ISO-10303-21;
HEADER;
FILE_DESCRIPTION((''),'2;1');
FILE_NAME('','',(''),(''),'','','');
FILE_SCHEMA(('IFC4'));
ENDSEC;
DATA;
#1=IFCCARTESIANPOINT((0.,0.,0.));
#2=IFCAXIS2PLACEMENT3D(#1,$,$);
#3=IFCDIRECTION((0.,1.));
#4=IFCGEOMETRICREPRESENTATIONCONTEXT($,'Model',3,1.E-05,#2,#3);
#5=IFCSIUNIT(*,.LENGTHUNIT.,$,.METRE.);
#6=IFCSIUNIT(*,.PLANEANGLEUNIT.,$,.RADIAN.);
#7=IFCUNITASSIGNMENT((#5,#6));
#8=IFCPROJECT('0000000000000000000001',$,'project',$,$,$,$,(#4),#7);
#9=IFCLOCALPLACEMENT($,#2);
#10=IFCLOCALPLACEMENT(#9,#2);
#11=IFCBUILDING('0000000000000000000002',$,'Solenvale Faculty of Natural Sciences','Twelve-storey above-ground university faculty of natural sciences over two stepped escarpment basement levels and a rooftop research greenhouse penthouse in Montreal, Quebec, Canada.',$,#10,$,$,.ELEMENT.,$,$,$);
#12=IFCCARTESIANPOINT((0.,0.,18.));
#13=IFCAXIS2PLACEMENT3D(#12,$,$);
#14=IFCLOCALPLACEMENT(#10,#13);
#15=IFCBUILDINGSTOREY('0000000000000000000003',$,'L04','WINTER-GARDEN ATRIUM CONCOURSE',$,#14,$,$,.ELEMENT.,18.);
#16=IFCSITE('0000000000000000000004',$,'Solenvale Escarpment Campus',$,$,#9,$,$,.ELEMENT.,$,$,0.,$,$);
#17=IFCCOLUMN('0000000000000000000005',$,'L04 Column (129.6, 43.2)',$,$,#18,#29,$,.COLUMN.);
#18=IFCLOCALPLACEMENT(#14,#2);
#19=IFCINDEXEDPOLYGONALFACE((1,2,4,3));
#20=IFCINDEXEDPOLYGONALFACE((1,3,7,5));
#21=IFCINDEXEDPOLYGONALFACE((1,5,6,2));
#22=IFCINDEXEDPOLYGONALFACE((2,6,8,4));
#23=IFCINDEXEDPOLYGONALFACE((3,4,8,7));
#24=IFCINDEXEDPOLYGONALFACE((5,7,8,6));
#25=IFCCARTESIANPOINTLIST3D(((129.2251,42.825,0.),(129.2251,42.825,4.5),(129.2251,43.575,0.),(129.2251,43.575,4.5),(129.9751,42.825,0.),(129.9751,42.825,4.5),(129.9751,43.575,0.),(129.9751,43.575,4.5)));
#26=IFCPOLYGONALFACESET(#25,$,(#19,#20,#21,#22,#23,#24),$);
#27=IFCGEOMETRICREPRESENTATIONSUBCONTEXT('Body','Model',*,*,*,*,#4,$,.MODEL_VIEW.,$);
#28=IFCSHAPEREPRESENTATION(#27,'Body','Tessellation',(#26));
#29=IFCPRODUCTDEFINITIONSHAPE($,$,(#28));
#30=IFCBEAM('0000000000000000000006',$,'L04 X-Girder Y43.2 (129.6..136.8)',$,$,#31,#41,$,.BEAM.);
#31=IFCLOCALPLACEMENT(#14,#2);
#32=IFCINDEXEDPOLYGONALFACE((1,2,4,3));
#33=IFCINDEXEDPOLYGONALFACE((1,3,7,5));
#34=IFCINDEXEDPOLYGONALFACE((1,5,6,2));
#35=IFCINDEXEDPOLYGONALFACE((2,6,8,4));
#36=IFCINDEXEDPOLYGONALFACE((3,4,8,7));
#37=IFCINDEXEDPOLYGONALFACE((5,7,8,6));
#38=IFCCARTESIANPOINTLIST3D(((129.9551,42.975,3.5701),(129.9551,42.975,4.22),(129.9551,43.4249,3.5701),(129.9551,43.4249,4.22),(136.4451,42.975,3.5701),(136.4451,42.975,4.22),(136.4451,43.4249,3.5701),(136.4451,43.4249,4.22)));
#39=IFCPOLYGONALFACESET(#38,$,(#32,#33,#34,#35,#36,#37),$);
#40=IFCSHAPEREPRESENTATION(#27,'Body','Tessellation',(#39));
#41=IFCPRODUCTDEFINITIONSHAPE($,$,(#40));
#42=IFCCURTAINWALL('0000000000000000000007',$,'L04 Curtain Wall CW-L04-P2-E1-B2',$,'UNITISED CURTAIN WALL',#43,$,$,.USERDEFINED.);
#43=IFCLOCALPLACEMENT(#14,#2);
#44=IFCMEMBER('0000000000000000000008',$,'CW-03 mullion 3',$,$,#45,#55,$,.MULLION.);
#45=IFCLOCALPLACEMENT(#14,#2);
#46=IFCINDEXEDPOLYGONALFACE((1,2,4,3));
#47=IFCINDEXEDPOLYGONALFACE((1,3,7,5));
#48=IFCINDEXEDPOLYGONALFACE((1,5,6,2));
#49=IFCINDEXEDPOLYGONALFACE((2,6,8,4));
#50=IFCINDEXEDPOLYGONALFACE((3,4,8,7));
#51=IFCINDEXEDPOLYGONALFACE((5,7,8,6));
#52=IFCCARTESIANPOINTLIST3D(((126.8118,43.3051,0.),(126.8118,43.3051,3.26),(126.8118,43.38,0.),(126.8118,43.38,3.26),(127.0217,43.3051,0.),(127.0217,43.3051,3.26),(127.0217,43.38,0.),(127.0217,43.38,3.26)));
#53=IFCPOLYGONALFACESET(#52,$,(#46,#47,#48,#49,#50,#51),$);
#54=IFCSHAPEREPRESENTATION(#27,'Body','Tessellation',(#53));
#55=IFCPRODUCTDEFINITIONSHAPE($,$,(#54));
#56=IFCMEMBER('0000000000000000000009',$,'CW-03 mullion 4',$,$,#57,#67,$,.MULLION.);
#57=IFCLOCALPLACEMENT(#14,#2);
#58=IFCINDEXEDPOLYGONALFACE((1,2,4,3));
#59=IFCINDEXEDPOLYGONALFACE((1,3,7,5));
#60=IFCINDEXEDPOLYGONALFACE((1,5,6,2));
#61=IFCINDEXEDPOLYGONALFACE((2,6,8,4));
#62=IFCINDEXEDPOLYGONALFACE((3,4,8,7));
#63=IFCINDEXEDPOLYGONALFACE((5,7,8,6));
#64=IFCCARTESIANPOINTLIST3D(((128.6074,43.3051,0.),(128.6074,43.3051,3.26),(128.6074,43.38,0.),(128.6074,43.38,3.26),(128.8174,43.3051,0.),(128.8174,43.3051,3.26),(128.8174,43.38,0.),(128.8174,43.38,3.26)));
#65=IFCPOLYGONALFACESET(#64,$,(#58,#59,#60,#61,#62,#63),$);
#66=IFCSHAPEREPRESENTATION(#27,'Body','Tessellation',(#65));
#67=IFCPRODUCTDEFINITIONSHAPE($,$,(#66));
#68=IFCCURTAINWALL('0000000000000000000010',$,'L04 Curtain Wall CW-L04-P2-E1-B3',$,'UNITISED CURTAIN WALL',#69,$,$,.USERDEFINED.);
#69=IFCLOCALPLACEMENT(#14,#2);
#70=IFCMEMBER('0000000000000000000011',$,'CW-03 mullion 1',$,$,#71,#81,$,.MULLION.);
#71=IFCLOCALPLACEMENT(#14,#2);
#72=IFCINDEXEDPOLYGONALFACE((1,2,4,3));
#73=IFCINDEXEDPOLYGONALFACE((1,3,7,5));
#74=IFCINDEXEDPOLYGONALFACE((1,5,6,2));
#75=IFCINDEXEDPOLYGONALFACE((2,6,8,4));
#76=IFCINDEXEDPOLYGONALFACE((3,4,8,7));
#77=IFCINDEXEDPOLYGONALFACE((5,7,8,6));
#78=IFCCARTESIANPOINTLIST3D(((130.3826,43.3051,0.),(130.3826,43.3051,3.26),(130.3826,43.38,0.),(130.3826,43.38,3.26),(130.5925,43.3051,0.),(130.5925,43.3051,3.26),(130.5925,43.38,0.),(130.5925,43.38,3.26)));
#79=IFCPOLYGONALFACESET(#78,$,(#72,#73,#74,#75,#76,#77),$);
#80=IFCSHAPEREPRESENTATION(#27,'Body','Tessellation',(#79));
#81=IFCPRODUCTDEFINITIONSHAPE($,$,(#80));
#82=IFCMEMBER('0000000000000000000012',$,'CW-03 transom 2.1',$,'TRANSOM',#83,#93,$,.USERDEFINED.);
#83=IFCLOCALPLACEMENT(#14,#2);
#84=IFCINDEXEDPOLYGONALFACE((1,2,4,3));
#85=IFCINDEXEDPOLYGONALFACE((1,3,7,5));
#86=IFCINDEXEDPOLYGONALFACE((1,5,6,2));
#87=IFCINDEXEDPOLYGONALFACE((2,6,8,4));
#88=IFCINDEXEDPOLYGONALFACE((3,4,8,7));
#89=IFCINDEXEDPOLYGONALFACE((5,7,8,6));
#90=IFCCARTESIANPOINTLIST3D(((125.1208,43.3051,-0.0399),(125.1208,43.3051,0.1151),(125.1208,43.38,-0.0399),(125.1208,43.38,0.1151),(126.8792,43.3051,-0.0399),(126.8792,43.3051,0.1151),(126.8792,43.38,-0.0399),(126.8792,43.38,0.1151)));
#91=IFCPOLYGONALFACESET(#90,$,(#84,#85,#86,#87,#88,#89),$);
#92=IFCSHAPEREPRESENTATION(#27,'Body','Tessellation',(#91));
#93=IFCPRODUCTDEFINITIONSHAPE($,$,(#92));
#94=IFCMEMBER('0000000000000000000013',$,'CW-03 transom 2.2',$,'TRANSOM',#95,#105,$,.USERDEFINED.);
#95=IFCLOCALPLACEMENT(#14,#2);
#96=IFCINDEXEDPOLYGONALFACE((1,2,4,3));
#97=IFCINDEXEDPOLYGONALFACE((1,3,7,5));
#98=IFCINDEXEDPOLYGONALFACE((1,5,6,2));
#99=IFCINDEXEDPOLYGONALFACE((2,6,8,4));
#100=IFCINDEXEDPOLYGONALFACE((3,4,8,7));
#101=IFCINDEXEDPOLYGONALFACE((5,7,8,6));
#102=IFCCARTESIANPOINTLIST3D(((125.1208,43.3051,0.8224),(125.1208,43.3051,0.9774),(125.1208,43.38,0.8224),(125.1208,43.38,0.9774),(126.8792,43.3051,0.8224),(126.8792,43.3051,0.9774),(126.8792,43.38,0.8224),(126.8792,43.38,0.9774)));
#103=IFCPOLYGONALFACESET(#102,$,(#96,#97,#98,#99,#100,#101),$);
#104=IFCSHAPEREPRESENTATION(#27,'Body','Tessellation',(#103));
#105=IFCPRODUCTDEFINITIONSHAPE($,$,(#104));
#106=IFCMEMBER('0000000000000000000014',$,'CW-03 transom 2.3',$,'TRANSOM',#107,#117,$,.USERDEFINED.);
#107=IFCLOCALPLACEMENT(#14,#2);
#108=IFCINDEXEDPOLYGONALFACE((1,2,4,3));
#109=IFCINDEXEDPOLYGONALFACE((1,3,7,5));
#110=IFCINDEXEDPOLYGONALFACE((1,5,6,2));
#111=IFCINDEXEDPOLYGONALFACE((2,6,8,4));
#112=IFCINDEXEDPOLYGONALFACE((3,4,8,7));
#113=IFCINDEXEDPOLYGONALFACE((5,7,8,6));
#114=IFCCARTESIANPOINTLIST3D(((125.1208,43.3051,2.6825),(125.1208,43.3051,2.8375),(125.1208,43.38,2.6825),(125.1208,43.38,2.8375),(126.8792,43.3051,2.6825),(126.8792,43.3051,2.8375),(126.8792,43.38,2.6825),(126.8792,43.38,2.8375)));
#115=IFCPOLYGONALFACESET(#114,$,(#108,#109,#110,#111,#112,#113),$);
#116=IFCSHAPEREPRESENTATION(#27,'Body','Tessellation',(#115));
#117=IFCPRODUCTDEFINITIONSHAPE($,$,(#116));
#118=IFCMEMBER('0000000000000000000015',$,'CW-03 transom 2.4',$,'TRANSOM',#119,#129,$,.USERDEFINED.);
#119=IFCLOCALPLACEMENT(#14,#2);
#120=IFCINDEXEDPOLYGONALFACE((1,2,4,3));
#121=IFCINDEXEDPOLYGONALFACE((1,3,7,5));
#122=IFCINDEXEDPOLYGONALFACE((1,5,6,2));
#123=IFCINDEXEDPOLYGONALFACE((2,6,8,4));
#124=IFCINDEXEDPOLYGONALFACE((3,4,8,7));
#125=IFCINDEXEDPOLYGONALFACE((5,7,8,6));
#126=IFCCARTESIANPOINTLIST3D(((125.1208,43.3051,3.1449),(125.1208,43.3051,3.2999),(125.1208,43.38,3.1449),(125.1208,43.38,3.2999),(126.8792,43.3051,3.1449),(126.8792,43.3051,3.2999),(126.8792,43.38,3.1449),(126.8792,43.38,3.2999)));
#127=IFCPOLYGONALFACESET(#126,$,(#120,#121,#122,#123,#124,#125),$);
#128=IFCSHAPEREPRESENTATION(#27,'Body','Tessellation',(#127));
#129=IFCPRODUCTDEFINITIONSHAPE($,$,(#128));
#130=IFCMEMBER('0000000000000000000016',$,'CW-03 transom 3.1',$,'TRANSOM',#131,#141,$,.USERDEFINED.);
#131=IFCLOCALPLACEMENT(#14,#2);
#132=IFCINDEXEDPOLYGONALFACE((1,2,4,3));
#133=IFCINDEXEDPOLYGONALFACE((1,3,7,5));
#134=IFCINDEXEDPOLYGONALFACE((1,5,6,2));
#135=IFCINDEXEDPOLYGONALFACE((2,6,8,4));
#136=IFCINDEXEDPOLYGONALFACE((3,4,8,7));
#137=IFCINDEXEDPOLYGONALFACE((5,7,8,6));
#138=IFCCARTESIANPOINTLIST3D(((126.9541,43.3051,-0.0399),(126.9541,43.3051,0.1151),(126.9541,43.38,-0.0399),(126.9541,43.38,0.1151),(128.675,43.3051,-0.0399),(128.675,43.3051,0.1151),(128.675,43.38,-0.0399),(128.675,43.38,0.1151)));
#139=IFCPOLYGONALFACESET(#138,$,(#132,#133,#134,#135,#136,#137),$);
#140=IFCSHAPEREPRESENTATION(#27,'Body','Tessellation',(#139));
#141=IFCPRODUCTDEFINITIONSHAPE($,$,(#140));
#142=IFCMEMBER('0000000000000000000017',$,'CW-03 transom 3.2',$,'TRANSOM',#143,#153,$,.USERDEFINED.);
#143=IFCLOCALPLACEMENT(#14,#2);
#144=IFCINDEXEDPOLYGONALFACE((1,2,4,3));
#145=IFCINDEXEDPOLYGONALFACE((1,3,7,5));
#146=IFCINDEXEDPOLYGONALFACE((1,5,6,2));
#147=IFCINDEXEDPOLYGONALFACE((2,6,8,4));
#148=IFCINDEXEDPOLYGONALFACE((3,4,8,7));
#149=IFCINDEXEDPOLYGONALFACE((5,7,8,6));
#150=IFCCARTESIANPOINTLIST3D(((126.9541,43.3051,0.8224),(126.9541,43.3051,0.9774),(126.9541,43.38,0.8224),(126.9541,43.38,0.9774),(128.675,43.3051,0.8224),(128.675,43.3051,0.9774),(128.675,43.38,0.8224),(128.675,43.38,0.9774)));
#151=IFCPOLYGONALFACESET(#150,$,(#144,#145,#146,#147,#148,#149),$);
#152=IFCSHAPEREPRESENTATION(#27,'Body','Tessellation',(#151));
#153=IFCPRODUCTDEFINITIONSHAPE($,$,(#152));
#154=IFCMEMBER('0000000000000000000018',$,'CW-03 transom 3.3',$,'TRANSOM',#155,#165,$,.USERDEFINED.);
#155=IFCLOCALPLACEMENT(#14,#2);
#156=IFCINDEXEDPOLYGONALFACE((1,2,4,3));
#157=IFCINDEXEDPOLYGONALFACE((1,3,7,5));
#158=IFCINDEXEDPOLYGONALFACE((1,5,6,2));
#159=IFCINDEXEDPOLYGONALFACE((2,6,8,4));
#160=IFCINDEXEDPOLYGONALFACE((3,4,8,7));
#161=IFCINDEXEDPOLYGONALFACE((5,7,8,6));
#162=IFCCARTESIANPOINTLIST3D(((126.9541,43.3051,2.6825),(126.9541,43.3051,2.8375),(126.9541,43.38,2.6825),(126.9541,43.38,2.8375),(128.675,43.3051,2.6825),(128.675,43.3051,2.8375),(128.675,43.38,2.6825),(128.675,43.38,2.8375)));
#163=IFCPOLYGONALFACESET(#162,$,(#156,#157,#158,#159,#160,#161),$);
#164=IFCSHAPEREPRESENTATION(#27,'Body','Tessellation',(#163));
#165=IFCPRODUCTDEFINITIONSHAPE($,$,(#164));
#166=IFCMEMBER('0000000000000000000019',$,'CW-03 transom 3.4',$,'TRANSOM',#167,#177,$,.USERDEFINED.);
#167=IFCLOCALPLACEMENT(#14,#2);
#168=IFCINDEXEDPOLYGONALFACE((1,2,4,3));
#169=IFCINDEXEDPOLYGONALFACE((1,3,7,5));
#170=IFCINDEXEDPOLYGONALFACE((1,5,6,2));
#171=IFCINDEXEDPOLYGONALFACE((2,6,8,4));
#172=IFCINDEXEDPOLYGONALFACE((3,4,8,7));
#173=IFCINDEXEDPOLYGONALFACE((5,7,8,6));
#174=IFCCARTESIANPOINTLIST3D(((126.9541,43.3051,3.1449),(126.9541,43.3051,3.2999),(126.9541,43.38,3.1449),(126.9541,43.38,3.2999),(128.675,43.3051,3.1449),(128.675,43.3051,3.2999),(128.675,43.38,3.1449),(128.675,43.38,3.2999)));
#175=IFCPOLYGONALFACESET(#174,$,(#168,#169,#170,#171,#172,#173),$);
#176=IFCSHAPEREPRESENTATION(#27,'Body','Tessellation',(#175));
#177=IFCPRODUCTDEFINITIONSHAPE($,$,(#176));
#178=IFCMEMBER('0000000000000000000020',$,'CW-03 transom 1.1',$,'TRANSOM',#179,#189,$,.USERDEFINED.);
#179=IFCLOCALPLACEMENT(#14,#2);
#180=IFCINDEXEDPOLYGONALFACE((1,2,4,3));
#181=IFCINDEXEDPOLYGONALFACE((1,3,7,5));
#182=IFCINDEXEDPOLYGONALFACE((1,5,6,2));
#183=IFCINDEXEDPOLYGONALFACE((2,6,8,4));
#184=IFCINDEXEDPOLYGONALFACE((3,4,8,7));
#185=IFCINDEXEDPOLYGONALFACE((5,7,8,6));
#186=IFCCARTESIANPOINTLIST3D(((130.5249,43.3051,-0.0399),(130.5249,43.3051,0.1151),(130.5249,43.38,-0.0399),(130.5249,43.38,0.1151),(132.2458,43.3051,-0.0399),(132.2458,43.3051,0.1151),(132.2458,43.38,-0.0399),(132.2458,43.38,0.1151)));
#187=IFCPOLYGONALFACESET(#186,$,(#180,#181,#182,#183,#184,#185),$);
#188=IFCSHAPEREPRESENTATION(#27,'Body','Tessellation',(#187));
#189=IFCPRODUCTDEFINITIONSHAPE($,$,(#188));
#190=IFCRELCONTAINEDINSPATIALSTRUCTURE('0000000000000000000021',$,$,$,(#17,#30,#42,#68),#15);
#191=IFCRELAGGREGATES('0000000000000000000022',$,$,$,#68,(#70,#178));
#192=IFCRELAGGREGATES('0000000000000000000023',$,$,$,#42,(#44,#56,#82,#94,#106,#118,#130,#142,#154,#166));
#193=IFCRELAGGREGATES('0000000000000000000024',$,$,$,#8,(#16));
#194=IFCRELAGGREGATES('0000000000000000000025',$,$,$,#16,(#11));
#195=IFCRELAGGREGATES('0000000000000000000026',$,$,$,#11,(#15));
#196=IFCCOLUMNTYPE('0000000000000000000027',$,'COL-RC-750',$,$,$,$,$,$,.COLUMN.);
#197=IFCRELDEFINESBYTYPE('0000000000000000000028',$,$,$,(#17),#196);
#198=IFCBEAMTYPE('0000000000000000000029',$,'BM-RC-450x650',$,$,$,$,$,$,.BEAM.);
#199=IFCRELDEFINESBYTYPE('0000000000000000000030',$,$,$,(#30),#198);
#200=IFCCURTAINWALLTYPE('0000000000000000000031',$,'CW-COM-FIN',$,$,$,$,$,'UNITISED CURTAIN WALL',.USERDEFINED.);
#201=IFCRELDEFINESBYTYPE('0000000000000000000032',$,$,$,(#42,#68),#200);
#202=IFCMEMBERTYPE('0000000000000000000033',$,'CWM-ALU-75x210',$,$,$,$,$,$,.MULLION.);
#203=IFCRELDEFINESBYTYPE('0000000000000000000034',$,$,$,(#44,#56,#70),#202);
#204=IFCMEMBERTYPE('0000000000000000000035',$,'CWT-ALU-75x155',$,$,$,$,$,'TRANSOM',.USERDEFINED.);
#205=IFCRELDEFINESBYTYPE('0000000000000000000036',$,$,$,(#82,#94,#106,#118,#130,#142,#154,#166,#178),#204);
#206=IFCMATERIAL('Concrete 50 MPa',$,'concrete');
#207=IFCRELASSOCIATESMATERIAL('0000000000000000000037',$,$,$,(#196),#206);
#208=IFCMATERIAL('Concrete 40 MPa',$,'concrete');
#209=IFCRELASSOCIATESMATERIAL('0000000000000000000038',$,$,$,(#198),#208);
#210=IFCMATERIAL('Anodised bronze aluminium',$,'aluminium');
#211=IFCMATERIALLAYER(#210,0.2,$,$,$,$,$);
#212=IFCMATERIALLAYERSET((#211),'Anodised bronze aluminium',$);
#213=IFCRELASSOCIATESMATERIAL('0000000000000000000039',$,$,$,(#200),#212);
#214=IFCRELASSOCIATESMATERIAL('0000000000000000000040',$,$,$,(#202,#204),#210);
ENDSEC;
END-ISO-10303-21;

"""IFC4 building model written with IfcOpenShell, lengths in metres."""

from ifc_helpers import new_model, si_unit, direction, frame, origin, origin_2d, place, context, subcontext, project, spatial, rectangle, extrude, material, layer, layer_set, material_profile, profile_set, type_object, element, aggregate, save


model = new_model("IFC4")

# Units and contexts
model_context = context("Model", 3, precision=1e-05, world=origin(), true_north=direction((0.0, 1.0)))
body_context = subcontext(model_context, "Body", "Model", "MODEL_VIEW")
ifc_project = project(units=[si_unit("LENGTHUNIT", "METRE"), si_unit("PLANEANGLEUNIT", "RADIAN")], contexts=[model_context])

# Site, building, storey
site_placement = place(None, origin())
site = spatial("IfcSite", under=ifc_project, at=site_placement, Name="Solenvale Escarpment Campus", CompositionType="ELEMENT", RefElevation=0.0)
building_placement = place(site_placement, origin())
building = spatial("IfcBuilding", under=site, at=building_placement, Name="Solenvale Faculty of Natural Sciences", Description="Twelve-storey above-ground university faculty of natural sciences over two stepped escarpment basement levels and a rooftop research greenhouse penthouse in Montreal, Quebec, Canada.", CompositionType="ELEMENT")
storey_placement = place(building_placement, frame((0.0, 0.0, 18.0)))
storey = spatial("IfcBuildingStorey", under=building, at=storey_placement, Name="L04", Description="WINTER-GARDEN ATRIUM CONCOURSE", CompositionType="ELEMENT", Elevation=18.0)

# Column
ifc_material_1 = material(Name="Concrete 50 MPa", Category="concrete")
ifc_material_profile_1 = material_profile(ifc_material_1, rectangle(XDim=0.75, YDim=0.75, at=origin_2d()), Name="RC-COL-750x750")
ifc_profile_set_1 = profile_set([ifc_material_profile_1], Name="Concrete 50 MPa")
column_type = type_object("IfcColumnType", Name="COL-RC-750", PredefinedType="COLUMN", material=ifc_profile_set_1)
column_placement = place(storey_placement, frame((129.6001, 43.2, 0.0), z_axis=(0.0, 0.0, 1.0), x_axis=(1.0, 0.0, 0.0)))
element("IfcColumn", 1, at=column_placement, inside=storey, type_object=column_type, Name="L04 Column (129.6, 43.2)", PredefinedType="COLUMN", context=body_context, shape_type="SweptSolid", body=[
    extrude(rectangle(XDim=0.75, YDim=0.75, at=origin_2d()), origin(), (0.0, 0.0, 1.0), 4.5),
])

# Beam
ifc_material_2 = material(Name="Concrete 40 MPa", Category="concrete")
ifc_material_profile_2 = material_profile(ifc_material_2, rectangle(XDim=0.45, YDim=0.6499, at=origin_2d()), Name="RC-BM-450x650")
ifc_profile_set_2 = profile_set([ifc_material_profile_2], Name="Concrete 40 MPa")
beam_type = type_object("IfcBeamType", Name="BM-RC-450x650", PredefinedType="BEAM", material=ifc_profile_set_2)
beam_placement = place(storey_placement, frame((129.9551, 43.2, 3.895), z_axis=(1.0, 0.0, 0.0), x_axis=(0.0, 1.0, 0.0)))
element("IfcBeam", 2, at=beam_placement, inside=storey, type_object=beam_type, Name="L04 X-Girder Y43.2 (129.6..136.8)", PredefinedType="BEAM", context=body_context, shape_type="SweptSolid", body=[
    extrude(rectangle(XDim=0.45, YDim=0.6499, at=origin_2d()), origin(), (0.0, 0.0, 1.0), 6.49),
])

# Curtain wall, members
ifc_material_3 = material(Name="Anodised bronze aluminium", Category="aluminium")
ifc_layer_1 = layer(ifc_material_3, 0.2)
ifc_layer_set_1 = layer_set([ifc_layer_1], Name="Anodised bronze aluminium")
curtain_wall_type = type_object("IfcCurtainWallType", Name="CW-COM-FIN", ElementType="UNITISED CURTAIN WALL", PredefinedType="USERDEFINED", material=ifc_layer_set_1)
curtain_wall_1_placement = place(storey_placement, origin())
curtain_wall_1 = element("IfcCurtainWall", 3, at=curtain_wall_1_placement, inside=storey, type_object=curtain_wall_type, Name="L04 Curtain Wall CW-L04-P2-E1-B2", ObjectType="UNITISED CURTAIN WALL", PredefinedType="USERDEFINED")
ifc_material_profile_3 = material_profile(ifc_material_3, rectangle(XDim=0.075, YDim=0.21, at=origin_2d()), Name="ALU-MUL-75x210")
ifc_profile_set_3 = profile_set([ifc_material_profile_3], Name="Anodised bronze aluminium")
member_type_1 = type_object("IfcMemberType", Name="CWM-ALU-75x210", PredefinedType="MULLION", material=ifc_profile_set_3)
member_1_placement = place(storey_placement, frame((126.9167, 43.3425, 0.0), z_axis=(0.0, 0.0, 1.0), x_axis=(0.0, 1.0, 0.0)))
member_1 = element("IfcMember", 4, at=member_1_placement, type_object=member_type_1, Name="CW-03 mullion 3", PredefinedType="MULLION", context=body_context, shape_type="SweptSolid", body=[
    extrude(rectangle(XDim=0.075, YDim=0.21, at=origin_2d()), origin(), (0.0, 0.0, 1.0), 3.26),
])
member_2_placement = place(storey_placement, frame((128.7124, 43.3425, 0.0), z_axis=(0.0, 0.0, 1.0), x_axis=(0.0, 1.0, 0.0)))
member_2 = element("IfcMember", 5, at=member_2_placement, type_object=member_type_1, Name="CW-03 mullion 4", PredefinedType="MULLION", context=body_context, shape_type="SweptSolid", body=[
    extrude(rectangle(XDim=0.075, YDim=0.21, at=origin_2d()), origin(), (0.0, 0.0, 1.0), 3.26),
])

# Curtain wall, member
curtain_wall_2_placement = place(storey_placement, origin())
curtain_wall_2 = element("IfcCurtainWall", 6, at=curtain_wall_2_placement, inside=storey, type_object=curtain_wall_type, Name="L04 Curtain Wall CW-L04-P2-E1-B3", ObjectType="UNITISED CURTAIN WALL", PredefinedType="USERDEFINED")
member_3_placement = place(storey_placement, frame((130.4875, 43.3425, 0.0), z_axis=(0.0, 0.0, 1.0), x_axis=(0.0, 1.0, 0.0)))
member_3 = element("IfcMember", 7, at=member_3_placement, type_object=member_type_1, Name="CW-03 mullion 1", PredefinedType="MULLION", context=body_context, shape_type="SweptSolid", body=[
    extrude(rectangle(XDim=0.075, YDim=0.21, at=origin_2d()), origin(), (0.0, 0.0, 1.0), 3.26),
])

# Members
ifc_material_profile_4 = material_profile(ifc_material_3, rectangle(XDim=0.075, YDim=0.155, at=origin_2d()), Name="ALU-TRN-75x155")
ifc_profile_set_4 = profile_set([ifc_material_profile_4], Name="Anodised bronze aluminium")
member_type_2 = type_object("IfcMemberType", Name="CWT-ALU-75x155", ElementType="TRANSOM", PredefinedType="USERDEFINED", material=ifc_profile_set_4)
member_4_placement = place(storey_placement, frame((125.1208, 43.3425, 0.0376), z_axis=(1.0, 0.0, 0.0), x_axis=(0.0, 1.0, 0.0)))
member_4 = element("IfcMember", 8, at=member_4_placement, type_object=member_type_2, Name="CW-03 transom 2.1", ObjectType="TRANSOM", PredefinedType="USERDEFINED", context=body_context, shape_type="SweptSolid", body=[
    extrude(rectangle(XDim=0.075, YDim=0.155, at=origin_2d()), origin(), (0.0, 0.0, 1.0), 1.7583),
])
member_5_placement = place(storey_placement, frame((125.1208, 43.3425, 0.8999), z_axis=(1.0, 0.0, 0.0), x_axis=(0.0, 1.0, 0.0)))
member_5 = element("IfcMember", 9, at=member_5_placement, type_object=member_type_2, Name="CW-03 transom 2.2", ObjectType="TRANSOM", PredefinedType="USERDEFINED", context=body_context, shape_type="SweptSolid", body=[
    extrude(rectangle(XDim=0.075, YDim=0.155, at=origin_2d()), origin(), (0.0, 0.0, 1.0), 1.7583),
])
member_6_placement = place(storey_placement, frame((125.1208, 43.3425, 2.76), z_axis=(1.0, 0.0, 0.0), x_axis=(0.0, 1.0, 0.0)))
member_6 = element("IfcMember", 10, at=member_6_placement, type_object=member_type_2, Name="CW-03 transom 2.3", ObjectType="TRANSOM", PredefinedType="USERDEFINED", context=body_context, shape_type="SweptSolid", body=[
    extrude(rectangle(XDim=0.075, YDim=0.155, at=origin_2d()), origin(), (0.0, 0.0, 1.0), 1.7583),
])
member_7_placement = place(storey_placement, frame((125.1208, 43.3425, 3.2224), z_axis=(1.0, 0.0, 0.0), x_axis=(0.0, 1.0, 0.0)))
member_7 = element("IfcMember", 11, at=member_7_placement, type_object=member_type_2, Name="CW-03 transom 2.4", ObjectType="TRANSOM", PredefinedType="USERDEFINED", context=body_context, shape_type="SweptSolid", body=[
    extrude(rectangle(XDim=0.075, YDim=0.155, at=origin_2d()), origin(), (0.0, 0.0, 1.0), 1.7583),
])
member_8_placement = place(storey_placement, frame((126.9541, 43.3425, 0.0376), z_axis=(1.0, 0.0, 0.0), x_axis=(0.0, 1.0, 0.0)))
member_8 = element("IfcMember", 12, at=member_8_placement, type_object=member_type_2, Name="CW-03 transom 3.1", ObjectType="TRANSOM", PredefinedType="USERDEFINED", context=body_context, shape_type="SweptSolid", body=[
    extrude(rectangle(XDim=0.075, YDim=0.155, at=origin_2d()), origin(), (0.0, 0.0, 1.0), 1.7209),
])
member_9_placement = place(storey_placement, frame((126.9541, 43.3425, 0.8999), z_axis=(1.0, 0.0, 0.0), x_axis=(0.0, 1.0, 0.0)))
member_9 = element("IfcMember", 13, at=member_9_placement, type_object=member_type_2, Name="CW-03 transom 3.2", ObjectType="TRANSOM", PredefinedType="USERDEFINED", context=body_context, shape_type="SweptSolid", body=[
    extrude(rectangle(XDim=0.075, YDim=0.155, at=origin_2d()), origin(), (0.0, 0.0, 1.0), 1.7209),
])
member_10_placement = place(storey_placement, frame((126.9541, 43.3425, 2.76), z_axis=(1.0, 0.0, 0.0), x_axis=(0.0, 1.0, 0.0)))
member_10 = element("IfcMember", 14, at=member_10_placement, type_object=member_type_2, Name="CW-03 transom 3.3", ObjectType="TRANSOM", PredefinedType="USERDEFINED", context=body_context, shape_type="SweptSolid", body=[
    extrude(rectangle(XDim=0.075, YDim=0.155, at=origin_2d()), origin(), (0.0, 0.0, 1.0), 1.7209),
])
member_11_placement = place(storey_placement, frame((126.9541, 43.3425, 3.2224), z_axis=(1.0, 0.0, 0.0), x_axis=(0.0, 1.0, 0.0)))
member_11 = element("IfcMember", 15, at=member_11_placement, type_object=member_type_2, Name="CW-03 transom 3.4", ObjectType="TRANSOM", PredefinedType="USERDEFINED", context=body_context, shape_type="SweptSolid", body=[
    extrude(rectangle(XDim=0.075, YDim=0.155, at=origin_2d()), origin(), (0.0, 0.0, 1.0), 1.7209),
])
member_12_placement = place(storey_placement, frame((130.5249, 43.3425, 0.0376), z_axis=(1.0, 0.0, 0.0), x_axis=(0.0, 1.0, 0.0)))
member_12 = element("IfcMember", 16, at=member_12_placement, type_object=member_type_2, Name="CW-03 transom 1.1", ObjectType="TRANSOM", PredefinedType="USERDEFINED", context=body_context, shape_type="SweptSolid", body=[
    extrude(rectangle(XDim=0.075, YDim=0.155, at=origin_2d()), origin(), (0.0, 0.0, 1.0), 1.7209),
])
aggregate(curtain_wall_2, [member_3, member_12])

aggregate(curtain_wall_1, [member_1, member_2, member_4, member_5, member_6, member_7, member_8, member_9, member_10, member_11])

save(model, "model.ifc")
